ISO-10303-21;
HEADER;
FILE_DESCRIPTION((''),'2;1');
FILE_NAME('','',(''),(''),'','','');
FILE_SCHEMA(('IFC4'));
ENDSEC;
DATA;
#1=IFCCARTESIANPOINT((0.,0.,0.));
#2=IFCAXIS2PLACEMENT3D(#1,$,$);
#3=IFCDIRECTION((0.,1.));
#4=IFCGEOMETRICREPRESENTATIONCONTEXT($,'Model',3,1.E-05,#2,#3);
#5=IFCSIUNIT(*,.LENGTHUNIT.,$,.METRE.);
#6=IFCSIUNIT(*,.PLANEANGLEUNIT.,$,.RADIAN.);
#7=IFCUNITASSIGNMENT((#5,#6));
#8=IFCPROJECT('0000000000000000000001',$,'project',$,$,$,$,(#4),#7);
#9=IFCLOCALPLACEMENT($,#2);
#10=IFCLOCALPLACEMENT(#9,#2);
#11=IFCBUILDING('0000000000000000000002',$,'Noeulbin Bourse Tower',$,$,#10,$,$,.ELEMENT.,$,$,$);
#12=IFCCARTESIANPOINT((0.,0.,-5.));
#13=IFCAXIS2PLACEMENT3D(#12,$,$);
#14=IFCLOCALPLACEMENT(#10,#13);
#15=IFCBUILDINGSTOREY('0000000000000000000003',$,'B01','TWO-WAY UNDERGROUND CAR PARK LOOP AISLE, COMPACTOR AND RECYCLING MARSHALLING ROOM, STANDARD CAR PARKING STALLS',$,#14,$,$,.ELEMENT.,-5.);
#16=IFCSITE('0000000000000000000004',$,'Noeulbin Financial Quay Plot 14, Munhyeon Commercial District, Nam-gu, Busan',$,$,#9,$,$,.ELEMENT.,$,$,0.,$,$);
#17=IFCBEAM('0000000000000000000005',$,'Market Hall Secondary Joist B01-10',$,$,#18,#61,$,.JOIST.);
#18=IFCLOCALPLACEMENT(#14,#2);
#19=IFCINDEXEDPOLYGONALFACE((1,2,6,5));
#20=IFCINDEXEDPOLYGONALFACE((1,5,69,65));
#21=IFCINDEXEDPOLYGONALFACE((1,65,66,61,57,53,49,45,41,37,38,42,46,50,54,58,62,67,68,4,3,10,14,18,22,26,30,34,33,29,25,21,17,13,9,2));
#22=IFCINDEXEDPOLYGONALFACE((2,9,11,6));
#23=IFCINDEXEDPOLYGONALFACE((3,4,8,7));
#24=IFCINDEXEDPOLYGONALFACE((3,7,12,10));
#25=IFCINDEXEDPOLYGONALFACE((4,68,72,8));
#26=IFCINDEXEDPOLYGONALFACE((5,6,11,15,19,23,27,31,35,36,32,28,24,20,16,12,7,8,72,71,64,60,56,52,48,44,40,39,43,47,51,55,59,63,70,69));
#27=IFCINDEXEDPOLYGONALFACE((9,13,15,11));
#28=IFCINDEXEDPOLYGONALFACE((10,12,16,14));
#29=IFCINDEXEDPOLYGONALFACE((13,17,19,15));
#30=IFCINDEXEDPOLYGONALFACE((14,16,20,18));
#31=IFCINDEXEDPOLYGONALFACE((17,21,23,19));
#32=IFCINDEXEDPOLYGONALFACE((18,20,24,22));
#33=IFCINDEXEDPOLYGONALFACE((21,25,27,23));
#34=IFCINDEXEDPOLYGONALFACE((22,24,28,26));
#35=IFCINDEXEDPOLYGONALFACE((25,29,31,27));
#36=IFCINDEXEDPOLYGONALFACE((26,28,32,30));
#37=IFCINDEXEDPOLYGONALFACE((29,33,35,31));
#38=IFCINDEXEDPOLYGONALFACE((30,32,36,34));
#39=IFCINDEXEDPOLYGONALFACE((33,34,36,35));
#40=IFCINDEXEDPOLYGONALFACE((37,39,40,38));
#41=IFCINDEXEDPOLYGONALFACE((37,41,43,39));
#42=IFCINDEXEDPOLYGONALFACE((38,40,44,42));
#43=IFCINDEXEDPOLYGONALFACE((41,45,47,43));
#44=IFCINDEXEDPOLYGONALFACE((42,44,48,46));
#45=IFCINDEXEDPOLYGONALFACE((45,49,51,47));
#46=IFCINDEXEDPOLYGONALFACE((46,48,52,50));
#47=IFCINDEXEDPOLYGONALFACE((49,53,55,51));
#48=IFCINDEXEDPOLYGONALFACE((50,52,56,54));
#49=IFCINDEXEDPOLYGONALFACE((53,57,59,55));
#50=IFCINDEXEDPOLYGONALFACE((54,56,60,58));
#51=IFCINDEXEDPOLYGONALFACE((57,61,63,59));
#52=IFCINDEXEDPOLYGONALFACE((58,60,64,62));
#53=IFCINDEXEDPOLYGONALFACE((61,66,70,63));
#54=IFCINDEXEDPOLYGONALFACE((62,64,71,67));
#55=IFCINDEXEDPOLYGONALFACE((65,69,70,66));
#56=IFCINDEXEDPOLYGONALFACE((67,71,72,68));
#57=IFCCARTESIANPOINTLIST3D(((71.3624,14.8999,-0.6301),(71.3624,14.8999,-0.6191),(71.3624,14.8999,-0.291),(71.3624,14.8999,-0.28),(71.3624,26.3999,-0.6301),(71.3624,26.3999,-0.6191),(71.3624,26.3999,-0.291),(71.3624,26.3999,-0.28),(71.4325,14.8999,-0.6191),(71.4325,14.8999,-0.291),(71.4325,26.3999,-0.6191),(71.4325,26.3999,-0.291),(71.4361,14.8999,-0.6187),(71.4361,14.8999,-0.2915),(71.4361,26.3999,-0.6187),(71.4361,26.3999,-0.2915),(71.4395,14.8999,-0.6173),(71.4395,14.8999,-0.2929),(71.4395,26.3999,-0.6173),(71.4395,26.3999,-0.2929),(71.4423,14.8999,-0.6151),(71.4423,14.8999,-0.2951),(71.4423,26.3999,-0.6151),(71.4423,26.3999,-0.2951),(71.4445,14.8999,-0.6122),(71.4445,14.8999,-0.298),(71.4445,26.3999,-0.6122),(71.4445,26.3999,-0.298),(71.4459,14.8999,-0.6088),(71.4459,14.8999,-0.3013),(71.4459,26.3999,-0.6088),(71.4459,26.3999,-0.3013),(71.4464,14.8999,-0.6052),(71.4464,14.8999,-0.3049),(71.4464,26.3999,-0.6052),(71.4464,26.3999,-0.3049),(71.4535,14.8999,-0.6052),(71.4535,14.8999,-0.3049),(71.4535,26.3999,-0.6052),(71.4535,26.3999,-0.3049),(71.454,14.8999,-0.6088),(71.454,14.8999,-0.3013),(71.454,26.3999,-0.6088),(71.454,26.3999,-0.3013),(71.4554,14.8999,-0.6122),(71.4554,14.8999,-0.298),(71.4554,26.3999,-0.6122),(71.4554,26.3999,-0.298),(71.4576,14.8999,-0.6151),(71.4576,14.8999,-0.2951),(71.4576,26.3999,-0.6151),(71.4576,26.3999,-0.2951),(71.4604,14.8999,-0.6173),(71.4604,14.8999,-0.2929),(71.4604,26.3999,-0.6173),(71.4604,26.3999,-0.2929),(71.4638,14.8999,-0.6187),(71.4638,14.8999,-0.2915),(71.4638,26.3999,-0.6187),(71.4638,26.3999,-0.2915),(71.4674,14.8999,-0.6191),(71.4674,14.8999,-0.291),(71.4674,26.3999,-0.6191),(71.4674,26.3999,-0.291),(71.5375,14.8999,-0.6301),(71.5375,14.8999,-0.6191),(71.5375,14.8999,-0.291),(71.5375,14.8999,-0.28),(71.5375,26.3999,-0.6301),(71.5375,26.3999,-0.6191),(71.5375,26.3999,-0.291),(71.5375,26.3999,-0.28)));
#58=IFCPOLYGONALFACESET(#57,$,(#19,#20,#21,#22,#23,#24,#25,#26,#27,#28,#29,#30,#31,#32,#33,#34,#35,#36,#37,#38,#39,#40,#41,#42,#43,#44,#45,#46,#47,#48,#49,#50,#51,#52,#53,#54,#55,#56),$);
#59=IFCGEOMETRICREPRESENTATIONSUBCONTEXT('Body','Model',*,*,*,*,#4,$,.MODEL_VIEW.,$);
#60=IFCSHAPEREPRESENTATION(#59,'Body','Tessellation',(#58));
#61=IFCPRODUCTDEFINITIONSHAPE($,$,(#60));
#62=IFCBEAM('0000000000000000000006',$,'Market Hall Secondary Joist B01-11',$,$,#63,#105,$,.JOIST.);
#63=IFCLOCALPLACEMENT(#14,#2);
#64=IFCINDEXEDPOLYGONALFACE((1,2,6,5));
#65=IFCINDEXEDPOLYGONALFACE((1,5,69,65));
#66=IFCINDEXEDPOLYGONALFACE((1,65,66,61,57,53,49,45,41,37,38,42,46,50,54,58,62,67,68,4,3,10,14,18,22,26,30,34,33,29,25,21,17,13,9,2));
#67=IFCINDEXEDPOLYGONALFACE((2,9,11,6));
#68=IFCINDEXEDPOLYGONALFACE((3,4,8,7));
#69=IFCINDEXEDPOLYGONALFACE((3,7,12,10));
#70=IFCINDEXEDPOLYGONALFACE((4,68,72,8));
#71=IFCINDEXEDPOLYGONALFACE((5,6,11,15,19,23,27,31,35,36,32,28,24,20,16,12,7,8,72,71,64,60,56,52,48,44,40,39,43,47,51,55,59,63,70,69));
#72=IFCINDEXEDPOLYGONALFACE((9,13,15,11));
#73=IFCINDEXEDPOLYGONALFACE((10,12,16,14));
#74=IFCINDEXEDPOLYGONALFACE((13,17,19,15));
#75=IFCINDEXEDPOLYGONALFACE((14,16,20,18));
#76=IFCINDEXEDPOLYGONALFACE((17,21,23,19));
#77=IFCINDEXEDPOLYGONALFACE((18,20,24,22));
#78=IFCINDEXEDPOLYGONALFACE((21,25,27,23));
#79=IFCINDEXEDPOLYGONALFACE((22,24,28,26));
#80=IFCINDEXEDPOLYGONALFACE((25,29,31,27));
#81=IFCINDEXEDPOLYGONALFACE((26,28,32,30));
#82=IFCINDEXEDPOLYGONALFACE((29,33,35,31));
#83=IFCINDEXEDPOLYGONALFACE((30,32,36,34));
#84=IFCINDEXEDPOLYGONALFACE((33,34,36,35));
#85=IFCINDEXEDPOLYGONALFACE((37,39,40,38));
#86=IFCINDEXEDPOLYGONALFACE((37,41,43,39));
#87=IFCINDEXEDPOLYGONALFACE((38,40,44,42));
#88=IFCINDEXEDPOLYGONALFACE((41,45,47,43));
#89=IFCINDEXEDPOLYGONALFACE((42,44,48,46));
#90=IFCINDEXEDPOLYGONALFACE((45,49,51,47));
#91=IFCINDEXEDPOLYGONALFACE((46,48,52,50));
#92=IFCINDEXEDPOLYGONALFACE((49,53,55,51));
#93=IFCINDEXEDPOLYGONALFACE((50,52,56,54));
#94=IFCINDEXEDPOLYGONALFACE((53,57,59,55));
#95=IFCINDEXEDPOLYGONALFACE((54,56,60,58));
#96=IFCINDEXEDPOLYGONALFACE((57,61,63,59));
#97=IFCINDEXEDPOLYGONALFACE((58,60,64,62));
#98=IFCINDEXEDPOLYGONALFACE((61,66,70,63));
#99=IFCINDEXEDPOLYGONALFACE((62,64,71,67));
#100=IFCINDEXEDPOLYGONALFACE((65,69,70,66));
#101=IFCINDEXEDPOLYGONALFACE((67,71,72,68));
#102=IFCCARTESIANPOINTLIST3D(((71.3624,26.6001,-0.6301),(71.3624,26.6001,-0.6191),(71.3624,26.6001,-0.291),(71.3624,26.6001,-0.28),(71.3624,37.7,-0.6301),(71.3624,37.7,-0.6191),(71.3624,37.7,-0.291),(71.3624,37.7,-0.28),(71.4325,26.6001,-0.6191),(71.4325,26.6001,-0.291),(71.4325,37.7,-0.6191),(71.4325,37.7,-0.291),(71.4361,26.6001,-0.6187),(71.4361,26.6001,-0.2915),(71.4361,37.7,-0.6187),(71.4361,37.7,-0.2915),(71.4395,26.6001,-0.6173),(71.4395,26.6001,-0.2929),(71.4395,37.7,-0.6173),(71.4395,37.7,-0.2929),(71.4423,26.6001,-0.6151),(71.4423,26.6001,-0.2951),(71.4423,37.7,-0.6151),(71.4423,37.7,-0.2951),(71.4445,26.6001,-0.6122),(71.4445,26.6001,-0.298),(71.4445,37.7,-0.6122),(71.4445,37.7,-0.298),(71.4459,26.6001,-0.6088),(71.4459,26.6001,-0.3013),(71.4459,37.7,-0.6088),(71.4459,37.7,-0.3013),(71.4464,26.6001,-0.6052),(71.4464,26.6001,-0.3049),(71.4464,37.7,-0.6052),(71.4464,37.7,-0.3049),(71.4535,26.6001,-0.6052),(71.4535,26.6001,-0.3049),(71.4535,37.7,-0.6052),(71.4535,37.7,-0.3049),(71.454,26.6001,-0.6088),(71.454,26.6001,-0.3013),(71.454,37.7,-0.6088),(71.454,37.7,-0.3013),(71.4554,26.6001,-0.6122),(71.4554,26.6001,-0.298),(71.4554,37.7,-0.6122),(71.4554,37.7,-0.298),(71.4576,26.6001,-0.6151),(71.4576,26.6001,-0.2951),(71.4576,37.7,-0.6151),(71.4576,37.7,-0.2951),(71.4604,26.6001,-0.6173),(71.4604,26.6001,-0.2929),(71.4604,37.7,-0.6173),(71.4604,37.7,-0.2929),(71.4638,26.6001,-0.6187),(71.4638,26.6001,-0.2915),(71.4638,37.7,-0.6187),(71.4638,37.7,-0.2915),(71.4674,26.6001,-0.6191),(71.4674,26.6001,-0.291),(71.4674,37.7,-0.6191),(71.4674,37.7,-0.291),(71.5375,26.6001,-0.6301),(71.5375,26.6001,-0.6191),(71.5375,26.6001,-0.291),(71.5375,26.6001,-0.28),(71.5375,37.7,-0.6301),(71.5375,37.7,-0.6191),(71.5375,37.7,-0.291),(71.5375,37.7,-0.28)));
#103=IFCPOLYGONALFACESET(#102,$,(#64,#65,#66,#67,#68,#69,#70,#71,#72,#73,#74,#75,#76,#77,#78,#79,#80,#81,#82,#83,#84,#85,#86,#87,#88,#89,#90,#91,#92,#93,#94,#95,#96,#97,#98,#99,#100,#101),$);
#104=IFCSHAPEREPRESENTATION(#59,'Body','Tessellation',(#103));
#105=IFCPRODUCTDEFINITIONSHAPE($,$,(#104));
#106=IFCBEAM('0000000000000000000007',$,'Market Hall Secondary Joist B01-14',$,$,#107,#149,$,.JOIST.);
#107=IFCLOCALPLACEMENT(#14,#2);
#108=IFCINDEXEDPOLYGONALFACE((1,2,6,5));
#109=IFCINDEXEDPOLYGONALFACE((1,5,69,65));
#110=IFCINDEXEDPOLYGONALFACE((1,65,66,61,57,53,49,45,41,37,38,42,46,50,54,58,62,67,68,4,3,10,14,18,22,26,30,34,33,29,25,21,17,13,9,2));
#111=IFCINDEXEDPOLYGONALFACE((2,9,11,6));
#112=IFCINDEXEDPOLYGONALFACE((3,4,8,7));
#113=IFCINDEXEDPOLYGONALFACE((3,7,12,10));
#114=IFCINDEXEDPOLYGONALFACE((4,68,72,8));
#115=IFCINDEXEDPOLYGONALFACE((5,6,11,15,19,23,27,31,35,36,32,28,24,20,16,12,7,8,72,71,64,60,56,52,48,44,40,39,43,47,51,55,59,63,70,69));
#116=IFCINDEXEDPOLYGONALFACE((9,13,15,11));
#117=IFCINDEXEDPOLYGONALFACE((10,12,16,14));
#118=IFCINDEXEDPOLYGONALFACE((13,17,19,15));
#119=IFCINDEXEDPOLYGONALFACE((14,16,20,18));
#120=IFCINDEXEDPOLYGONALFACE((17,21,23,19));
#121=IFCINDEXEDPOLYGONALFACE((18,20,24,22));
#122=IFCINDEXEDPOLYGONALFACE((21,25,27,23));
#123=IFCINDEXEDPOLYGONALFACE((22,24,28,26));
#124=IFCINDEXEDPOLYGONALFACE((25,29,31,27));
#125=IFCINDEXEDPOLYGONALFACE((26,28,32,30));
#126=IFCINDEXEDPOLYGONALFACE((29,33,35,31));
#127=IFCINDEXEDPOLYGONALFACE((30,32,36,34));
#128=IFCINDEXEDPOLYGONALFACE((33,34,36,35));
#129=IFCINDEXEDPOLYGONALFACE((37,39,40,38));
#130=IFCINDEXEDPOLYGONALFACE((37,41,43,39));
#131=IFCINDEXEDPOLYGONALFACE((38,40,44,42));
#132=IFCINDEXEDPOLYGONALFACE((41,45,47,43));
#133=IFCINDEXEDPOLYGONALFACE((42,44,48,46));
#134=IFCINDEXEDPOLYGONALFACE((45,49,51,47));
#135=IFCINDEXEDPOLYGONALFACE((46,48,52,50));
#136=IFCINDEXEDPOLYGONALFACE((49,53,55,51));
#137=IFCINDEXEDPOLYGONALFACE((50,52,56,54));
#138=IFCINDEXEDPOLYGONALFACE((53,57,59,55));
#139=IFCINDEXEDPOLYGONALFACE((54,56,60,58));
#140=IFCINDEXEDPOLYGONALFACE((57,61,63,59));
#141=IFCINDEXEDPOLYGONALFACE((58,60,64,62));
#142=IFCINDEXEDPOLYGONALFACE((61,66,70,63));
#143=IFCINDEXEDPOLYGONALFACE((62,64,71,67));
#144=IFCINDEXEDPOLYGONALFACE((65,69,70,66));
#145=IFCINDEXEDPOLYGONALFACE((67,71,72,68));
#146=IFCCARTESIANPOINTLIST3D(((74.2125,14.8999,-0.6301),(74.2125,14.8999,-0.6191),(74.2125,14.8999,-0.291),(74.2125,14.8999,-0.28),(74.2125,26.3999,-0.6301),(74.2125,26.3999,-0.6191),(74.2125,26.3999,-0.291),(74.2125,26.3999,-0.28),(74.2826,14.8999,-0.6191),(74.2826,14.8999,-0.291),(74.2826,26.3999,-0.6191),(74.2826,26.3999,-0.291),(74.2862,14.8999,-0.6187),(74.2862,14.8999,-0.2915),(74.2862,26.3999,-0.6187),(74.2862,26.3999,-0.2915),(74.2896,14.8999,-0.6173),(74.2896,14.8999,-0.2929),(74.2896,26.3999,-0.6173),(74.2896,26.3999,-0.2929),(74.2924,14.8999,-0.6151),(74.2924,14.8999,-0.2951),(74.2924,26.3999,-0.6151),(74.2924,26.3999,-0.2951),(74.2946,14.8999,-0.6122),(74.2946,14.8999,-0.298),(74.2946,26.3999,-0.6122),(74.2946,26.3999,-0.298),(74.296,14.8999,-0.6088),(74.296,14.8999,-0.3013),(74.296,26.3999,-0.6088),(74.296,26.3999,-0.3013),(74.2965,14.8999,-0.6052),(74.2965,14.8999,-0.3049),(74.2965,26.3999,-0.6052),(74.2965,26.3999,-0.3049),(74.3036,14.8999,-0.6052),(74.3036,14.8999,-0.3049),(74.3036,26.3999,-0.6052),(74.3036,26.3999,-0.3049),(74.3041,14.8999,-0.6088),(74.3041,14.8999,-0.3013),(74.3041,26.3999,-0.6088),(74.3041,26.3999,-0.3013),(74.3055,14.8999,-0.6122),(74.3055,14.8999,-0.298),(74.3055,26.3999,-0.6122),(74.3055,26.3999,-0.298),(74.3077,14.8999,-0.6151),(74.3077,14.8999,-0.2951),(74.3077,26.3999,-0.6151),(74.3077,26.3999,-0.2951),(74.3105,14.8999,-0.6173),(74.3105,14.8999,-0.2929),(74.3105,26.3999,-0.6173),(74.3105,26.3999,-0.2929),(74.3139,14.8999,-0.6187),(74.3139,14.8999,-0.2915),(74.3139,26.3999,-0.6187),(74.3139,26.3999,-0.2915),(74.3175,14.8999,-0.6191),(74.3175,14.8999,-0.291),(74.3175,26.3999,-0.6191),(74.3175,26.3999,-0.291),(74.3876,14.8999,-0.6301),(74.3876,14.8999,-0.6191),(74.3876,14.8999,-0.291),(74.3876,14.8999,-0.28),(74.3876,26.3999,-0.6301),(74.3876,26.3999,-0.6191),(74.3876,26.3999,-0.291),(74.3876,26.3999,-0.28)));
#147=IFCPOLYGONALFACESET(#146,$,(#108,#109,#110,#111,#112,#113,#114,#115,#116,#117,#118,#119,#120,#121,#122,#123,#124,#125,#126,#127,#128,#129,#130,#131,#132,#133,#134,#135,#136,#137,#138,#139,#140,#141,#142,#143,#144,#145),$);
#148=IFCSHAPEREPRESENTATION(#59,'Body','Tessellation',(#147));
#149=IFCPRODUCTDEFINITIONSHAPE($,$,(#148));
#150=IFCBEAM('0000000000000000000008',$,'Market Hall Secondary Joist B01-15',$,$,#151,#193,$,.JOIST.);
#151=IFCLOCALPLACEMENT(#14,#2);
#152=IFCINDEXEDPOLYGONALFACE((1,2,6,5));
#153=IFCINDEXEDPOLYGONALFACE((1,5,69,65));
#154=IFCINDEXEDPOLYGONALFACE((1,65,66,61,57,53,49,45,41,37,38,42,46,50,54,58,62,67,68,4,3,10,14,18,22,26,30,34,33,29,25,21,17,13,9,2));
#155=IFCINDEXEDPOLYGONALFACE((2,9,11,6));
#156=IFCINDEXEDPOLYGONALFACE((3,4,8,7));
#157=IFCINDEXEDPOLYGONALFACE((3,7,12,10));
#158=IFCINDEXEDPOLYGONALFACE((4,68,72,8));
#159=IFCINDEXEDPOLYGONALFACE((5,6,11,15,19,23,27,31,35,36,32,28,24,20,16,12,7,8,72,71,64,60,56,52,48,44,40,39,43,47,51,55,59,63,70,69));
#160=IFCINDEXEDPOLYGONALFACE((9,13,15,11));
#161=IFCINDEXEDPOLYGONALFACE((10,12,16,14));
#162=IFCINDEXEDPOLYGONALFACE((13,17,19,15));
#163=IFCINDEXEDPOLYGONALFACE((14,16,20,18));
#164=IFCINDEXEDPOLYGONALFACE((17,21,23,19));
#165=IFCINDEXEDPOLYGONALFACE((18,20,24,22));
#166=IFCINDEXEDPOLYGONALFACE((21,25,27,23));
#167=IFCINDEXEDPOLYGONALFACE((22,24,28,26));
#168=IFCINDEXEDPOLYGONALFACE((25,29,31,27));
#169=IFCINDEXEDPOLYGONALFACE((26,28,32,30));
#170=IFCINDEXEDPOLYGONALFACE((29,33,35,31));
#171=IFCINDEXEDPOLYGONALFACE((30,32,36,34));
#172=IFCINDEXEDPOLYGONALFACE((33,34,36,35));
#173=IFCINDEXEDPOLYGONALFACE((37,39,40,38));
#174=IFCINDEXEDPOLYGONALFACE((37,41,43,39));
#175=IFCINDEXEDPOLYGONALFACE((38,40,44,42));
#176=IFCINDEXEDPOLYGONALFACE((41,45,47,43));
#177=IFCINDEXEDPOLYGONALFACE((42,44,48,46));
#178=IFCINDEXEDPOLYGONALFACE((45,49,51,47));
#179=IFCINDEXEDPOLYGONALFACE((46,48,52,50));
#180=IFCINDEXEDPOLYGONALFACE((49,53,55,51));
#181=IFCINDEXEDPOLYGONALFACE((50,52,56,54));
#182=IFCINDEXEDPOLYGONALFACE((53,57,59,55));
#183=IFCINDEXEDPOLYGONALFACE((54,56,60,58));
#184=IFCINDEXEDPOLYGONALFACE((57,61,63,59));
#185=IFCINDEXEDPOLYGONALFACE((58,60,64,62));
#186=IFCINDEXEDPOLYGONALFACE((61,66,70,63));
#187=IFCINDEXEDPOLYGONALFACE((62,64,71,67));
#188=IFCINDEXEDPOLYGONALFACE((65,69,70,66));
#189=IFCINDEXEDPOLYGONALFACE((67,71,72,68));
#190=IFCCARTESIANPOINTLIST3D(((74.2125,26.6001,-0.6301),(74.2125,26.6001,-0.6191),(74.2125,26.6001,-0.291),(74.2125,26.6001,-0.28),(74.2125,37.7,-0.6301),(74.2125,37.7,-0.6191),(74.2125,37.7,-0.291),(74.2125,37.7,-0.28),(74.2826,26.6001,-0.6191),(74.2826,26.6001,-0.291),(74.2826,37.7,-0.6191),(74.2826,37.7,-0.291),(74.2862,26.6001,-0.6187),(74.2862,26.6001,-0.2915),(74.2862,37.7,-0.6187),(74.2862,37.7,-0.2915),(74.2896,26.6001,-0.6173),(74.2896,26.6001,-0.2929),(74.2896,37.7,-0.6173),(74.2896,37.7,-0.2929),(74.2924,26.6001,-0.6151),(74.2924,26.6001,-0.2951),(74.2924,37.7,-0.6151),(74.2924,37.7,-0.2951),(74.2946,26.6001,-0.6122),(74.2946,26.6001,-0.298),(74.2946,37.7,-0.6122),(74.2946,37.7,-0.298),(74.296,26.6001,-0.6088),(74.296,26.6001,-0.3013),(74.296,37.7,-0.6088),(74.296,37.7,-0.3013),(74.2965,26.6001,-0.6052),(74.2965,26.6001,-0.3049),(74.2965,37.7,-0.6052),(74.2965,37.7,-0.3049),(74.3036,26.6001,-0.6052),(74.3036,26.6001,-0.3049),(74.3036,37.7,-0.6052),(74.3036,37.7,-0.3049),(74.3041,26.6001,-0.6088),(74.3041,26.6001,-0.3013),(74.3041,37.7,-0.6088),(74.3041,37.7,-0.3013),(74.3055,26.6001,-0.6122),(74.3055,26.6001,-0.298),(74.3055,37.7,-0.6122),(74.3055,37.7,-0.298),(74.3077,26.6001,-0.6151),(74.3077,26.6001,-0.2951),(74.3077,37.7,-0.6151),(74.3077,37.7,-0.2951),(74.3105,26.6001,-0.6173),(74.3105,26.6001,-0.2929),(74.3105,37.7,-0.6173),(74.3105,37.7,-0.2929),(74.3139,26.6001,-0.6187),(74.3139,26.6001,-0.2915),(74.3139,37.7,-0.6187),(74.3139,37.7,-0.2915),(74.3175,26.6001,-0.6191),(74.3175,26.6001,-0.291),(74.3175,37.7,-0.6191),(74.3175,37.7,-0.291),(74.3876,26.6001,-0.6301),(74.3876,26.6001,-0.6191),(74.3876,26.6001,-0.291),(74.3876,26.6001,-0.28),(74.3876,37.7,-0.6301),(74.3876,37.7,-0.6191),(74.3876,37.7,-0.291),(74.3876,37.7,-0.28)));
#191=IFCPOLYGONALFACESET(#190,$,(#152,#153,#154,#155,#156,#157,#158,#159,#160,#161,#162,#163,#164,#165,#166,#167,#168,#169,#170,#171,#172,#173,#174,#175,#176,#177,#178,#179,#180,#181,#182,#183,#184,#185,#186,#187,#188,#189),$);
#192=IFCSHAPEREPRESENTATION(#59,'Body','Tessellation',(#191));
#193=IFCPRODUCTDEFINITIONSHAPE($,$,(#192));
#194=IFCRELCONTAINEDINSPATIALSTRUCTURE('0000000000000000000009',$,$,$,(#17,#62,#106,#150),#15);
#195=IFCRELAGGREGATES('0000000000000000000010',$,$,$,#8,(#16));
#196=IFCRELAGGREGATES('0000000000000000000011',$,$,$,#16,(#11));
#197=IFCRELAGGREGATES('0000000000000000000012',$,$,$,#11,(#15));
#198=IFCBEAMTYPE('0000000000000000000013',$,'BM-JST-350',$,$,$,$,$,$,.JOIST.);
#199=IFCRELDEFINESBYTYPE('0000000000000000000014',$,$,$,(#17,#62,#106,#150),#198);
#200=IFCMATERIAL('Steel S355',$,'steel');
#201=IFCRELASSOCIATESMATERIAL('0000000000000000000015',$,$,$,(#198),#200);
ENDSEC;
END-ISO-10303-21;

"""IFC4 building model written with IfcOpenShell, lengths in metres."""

from ifc_helpers import new_model, si_unit, direction, frame, origin, origin_2d, place, context, subcontext, project, spatial, i_section, extrude, material, material_profile, profile_set, type_object, element, save


model = new_model("IFC4")

# Units and contexts
model_context = context("Model", 3, precision=1e-05, world=origin(), true_north=direction((0.0, 1.0)))
body_context = subcontext(model_context, "Body", "Model", "MODEL_VIEW")
ifc_project = project(units=[si_unit("LENGTHUNIT", "METRE"), si_unit("PLANEANGLEUNIT", "RADIAN")], contexts=[model_context])

# Site, building, storey
site_placement = place(None, origin())
site = spatial("IfcSite", under=ifc_project, at=site_placement, Name="Noeulbin Financial Quay Plot 14, Munhyeon Commercial District, Nam-gu, Busan", CompositionType="ELEMENT", RefElevation=0.0)
building_placement = place(site_placement, origin())
building = spatial("IfcBuilding", under=site, at=building_placement, Name="Noeulbin Bourse Tower", CompositionType="ELEMENT")
storey_placement = place(building_placement, frame((0.0, 0.0, -5.0)))
storey = spatial("IfcBuildingStorey", under=building, at=storey_placement, Name="B01", Description="TWO-WAY UNDERGROUND CAR PARK LOOP AISLE, COMPACTOR AND RECYCLING MARSHALLING ROOM, STANDARD CAR PARKING STALLS", CompositionType="ELEMENT", Elevation=-5.0)

# Beams
ifc_material_1 = material(Name="Steel S355", Category="steel")
ifc_material_profile_1 = material_profile(ifc_material_1, i_section(OverallWidth=0.175, OverallDepth=0.3501, WebThickness=0.0071, FlangeThickness=0.011, FilletRadius=0.0139, at=origin_2d()), Name="H-350x175x7x11", Category="LoadBearing")
ifc_profile_set_1 = profile_set([ifc_material_profile_1], Name="Steel S355")
beam_type_1 = type_object("IfcBeamType", Name="BM-JST-350", PredefinedType="JOIST", material=ifc_profile_set_1)
beam_1_placement = place(storey_placement, frame((71.45, 14.8999, -0.4551), z_axis=(0.0, 1.0, 0.0), x_axis=(-1.0, 0.0, 0.0)))
element("IfcBeam", 1, at=beam_1_placement, inside=storey, type_object=beam_type_1, Name="Market Hall Secondary Joist B01-10", PredefinedType="JOIST", context=body_context, shape_type="SweptSolid", body=[
    extrude(i_section(OverallWidth=0.175, OverallDepth=0.3501, WebThickness=0.0071, FlangeThickness=0.011, FilletRadius=0.0139, at=origin_2d()), origin(), (0.0, 0.0, 1.0), 11.5),
])
beam_2_placement = place(storey_placement, frame((71.45, 26.6001, -0.4551), z_axis=(0.0, 1.0, 0.0), x_axis=(-1.0, 0.0, 0.0)))
element("IfcBeam", 2, at=beam_2_placement, inside=storey, type_object=beam_type_1, Name="Market Hall Secondary Joist B01-11", PredefinedType="JOIST", context=body_context, shape_type="SweptSolid", body=[
    extrude(i_section(OverallWidth=0.175, OverallDepth=0.3501, WebThickness=0.0071, FlangeThickness=0.011, FilletRadius=0.0139, at=origin_2d()), origin(), (0.0, 0.0, 1.0), 11.0999),
])
beam_3_placement = place(storey_placement, frame((74.3, 14.8999, -0.4551), z_axis=(0.0, 1.0, 0.0), x_axis=(-1.0, 0.0, 0.0)))
element("IfcBeam", 3, at=beam_3_placement, inside=storey, type_object=beam_type_1, Name="Market Hall Secondary Joist B01-14", PredefinedType="JOIST", context=body_context, shape_type="SweptSolid", body=[
    extrude(i_section(OverallWidth=0.175, OverallDepth=0.3501, WebThickness=0.0071, FlangeThickness=0.011, FilletRadius=0.0139, at=origin_2d()), origin(), (0.0, 0.0, 1.0), 11.5),
])
beam_4_placement = place(storey_placement, frame((74.3, 26.6001, -0.4551), z_axis=(0.0, 1.0, 0.0), x_axis=(-1.0, 0.0, 0.0)))
element("IfcBeam", 4, at=beam_4_placement, inside=storey, type_object=beam_type_1, Name="Market Hall Secondary Joist B01-15", PredefinedType="JOIST", context=body_context, shape_type="SweptSolid", body=[
    extrude(i_section(OverallWidth=0.175, OverallDepth=0.3501, WebThickness=0.0071, FlangeThickness=0.011, FilletRadius=0.0139, at=origin_2d()), origin(), (0.0, 0.0, 1.0), 11.0999),
])

save(model, "model.ifc")
